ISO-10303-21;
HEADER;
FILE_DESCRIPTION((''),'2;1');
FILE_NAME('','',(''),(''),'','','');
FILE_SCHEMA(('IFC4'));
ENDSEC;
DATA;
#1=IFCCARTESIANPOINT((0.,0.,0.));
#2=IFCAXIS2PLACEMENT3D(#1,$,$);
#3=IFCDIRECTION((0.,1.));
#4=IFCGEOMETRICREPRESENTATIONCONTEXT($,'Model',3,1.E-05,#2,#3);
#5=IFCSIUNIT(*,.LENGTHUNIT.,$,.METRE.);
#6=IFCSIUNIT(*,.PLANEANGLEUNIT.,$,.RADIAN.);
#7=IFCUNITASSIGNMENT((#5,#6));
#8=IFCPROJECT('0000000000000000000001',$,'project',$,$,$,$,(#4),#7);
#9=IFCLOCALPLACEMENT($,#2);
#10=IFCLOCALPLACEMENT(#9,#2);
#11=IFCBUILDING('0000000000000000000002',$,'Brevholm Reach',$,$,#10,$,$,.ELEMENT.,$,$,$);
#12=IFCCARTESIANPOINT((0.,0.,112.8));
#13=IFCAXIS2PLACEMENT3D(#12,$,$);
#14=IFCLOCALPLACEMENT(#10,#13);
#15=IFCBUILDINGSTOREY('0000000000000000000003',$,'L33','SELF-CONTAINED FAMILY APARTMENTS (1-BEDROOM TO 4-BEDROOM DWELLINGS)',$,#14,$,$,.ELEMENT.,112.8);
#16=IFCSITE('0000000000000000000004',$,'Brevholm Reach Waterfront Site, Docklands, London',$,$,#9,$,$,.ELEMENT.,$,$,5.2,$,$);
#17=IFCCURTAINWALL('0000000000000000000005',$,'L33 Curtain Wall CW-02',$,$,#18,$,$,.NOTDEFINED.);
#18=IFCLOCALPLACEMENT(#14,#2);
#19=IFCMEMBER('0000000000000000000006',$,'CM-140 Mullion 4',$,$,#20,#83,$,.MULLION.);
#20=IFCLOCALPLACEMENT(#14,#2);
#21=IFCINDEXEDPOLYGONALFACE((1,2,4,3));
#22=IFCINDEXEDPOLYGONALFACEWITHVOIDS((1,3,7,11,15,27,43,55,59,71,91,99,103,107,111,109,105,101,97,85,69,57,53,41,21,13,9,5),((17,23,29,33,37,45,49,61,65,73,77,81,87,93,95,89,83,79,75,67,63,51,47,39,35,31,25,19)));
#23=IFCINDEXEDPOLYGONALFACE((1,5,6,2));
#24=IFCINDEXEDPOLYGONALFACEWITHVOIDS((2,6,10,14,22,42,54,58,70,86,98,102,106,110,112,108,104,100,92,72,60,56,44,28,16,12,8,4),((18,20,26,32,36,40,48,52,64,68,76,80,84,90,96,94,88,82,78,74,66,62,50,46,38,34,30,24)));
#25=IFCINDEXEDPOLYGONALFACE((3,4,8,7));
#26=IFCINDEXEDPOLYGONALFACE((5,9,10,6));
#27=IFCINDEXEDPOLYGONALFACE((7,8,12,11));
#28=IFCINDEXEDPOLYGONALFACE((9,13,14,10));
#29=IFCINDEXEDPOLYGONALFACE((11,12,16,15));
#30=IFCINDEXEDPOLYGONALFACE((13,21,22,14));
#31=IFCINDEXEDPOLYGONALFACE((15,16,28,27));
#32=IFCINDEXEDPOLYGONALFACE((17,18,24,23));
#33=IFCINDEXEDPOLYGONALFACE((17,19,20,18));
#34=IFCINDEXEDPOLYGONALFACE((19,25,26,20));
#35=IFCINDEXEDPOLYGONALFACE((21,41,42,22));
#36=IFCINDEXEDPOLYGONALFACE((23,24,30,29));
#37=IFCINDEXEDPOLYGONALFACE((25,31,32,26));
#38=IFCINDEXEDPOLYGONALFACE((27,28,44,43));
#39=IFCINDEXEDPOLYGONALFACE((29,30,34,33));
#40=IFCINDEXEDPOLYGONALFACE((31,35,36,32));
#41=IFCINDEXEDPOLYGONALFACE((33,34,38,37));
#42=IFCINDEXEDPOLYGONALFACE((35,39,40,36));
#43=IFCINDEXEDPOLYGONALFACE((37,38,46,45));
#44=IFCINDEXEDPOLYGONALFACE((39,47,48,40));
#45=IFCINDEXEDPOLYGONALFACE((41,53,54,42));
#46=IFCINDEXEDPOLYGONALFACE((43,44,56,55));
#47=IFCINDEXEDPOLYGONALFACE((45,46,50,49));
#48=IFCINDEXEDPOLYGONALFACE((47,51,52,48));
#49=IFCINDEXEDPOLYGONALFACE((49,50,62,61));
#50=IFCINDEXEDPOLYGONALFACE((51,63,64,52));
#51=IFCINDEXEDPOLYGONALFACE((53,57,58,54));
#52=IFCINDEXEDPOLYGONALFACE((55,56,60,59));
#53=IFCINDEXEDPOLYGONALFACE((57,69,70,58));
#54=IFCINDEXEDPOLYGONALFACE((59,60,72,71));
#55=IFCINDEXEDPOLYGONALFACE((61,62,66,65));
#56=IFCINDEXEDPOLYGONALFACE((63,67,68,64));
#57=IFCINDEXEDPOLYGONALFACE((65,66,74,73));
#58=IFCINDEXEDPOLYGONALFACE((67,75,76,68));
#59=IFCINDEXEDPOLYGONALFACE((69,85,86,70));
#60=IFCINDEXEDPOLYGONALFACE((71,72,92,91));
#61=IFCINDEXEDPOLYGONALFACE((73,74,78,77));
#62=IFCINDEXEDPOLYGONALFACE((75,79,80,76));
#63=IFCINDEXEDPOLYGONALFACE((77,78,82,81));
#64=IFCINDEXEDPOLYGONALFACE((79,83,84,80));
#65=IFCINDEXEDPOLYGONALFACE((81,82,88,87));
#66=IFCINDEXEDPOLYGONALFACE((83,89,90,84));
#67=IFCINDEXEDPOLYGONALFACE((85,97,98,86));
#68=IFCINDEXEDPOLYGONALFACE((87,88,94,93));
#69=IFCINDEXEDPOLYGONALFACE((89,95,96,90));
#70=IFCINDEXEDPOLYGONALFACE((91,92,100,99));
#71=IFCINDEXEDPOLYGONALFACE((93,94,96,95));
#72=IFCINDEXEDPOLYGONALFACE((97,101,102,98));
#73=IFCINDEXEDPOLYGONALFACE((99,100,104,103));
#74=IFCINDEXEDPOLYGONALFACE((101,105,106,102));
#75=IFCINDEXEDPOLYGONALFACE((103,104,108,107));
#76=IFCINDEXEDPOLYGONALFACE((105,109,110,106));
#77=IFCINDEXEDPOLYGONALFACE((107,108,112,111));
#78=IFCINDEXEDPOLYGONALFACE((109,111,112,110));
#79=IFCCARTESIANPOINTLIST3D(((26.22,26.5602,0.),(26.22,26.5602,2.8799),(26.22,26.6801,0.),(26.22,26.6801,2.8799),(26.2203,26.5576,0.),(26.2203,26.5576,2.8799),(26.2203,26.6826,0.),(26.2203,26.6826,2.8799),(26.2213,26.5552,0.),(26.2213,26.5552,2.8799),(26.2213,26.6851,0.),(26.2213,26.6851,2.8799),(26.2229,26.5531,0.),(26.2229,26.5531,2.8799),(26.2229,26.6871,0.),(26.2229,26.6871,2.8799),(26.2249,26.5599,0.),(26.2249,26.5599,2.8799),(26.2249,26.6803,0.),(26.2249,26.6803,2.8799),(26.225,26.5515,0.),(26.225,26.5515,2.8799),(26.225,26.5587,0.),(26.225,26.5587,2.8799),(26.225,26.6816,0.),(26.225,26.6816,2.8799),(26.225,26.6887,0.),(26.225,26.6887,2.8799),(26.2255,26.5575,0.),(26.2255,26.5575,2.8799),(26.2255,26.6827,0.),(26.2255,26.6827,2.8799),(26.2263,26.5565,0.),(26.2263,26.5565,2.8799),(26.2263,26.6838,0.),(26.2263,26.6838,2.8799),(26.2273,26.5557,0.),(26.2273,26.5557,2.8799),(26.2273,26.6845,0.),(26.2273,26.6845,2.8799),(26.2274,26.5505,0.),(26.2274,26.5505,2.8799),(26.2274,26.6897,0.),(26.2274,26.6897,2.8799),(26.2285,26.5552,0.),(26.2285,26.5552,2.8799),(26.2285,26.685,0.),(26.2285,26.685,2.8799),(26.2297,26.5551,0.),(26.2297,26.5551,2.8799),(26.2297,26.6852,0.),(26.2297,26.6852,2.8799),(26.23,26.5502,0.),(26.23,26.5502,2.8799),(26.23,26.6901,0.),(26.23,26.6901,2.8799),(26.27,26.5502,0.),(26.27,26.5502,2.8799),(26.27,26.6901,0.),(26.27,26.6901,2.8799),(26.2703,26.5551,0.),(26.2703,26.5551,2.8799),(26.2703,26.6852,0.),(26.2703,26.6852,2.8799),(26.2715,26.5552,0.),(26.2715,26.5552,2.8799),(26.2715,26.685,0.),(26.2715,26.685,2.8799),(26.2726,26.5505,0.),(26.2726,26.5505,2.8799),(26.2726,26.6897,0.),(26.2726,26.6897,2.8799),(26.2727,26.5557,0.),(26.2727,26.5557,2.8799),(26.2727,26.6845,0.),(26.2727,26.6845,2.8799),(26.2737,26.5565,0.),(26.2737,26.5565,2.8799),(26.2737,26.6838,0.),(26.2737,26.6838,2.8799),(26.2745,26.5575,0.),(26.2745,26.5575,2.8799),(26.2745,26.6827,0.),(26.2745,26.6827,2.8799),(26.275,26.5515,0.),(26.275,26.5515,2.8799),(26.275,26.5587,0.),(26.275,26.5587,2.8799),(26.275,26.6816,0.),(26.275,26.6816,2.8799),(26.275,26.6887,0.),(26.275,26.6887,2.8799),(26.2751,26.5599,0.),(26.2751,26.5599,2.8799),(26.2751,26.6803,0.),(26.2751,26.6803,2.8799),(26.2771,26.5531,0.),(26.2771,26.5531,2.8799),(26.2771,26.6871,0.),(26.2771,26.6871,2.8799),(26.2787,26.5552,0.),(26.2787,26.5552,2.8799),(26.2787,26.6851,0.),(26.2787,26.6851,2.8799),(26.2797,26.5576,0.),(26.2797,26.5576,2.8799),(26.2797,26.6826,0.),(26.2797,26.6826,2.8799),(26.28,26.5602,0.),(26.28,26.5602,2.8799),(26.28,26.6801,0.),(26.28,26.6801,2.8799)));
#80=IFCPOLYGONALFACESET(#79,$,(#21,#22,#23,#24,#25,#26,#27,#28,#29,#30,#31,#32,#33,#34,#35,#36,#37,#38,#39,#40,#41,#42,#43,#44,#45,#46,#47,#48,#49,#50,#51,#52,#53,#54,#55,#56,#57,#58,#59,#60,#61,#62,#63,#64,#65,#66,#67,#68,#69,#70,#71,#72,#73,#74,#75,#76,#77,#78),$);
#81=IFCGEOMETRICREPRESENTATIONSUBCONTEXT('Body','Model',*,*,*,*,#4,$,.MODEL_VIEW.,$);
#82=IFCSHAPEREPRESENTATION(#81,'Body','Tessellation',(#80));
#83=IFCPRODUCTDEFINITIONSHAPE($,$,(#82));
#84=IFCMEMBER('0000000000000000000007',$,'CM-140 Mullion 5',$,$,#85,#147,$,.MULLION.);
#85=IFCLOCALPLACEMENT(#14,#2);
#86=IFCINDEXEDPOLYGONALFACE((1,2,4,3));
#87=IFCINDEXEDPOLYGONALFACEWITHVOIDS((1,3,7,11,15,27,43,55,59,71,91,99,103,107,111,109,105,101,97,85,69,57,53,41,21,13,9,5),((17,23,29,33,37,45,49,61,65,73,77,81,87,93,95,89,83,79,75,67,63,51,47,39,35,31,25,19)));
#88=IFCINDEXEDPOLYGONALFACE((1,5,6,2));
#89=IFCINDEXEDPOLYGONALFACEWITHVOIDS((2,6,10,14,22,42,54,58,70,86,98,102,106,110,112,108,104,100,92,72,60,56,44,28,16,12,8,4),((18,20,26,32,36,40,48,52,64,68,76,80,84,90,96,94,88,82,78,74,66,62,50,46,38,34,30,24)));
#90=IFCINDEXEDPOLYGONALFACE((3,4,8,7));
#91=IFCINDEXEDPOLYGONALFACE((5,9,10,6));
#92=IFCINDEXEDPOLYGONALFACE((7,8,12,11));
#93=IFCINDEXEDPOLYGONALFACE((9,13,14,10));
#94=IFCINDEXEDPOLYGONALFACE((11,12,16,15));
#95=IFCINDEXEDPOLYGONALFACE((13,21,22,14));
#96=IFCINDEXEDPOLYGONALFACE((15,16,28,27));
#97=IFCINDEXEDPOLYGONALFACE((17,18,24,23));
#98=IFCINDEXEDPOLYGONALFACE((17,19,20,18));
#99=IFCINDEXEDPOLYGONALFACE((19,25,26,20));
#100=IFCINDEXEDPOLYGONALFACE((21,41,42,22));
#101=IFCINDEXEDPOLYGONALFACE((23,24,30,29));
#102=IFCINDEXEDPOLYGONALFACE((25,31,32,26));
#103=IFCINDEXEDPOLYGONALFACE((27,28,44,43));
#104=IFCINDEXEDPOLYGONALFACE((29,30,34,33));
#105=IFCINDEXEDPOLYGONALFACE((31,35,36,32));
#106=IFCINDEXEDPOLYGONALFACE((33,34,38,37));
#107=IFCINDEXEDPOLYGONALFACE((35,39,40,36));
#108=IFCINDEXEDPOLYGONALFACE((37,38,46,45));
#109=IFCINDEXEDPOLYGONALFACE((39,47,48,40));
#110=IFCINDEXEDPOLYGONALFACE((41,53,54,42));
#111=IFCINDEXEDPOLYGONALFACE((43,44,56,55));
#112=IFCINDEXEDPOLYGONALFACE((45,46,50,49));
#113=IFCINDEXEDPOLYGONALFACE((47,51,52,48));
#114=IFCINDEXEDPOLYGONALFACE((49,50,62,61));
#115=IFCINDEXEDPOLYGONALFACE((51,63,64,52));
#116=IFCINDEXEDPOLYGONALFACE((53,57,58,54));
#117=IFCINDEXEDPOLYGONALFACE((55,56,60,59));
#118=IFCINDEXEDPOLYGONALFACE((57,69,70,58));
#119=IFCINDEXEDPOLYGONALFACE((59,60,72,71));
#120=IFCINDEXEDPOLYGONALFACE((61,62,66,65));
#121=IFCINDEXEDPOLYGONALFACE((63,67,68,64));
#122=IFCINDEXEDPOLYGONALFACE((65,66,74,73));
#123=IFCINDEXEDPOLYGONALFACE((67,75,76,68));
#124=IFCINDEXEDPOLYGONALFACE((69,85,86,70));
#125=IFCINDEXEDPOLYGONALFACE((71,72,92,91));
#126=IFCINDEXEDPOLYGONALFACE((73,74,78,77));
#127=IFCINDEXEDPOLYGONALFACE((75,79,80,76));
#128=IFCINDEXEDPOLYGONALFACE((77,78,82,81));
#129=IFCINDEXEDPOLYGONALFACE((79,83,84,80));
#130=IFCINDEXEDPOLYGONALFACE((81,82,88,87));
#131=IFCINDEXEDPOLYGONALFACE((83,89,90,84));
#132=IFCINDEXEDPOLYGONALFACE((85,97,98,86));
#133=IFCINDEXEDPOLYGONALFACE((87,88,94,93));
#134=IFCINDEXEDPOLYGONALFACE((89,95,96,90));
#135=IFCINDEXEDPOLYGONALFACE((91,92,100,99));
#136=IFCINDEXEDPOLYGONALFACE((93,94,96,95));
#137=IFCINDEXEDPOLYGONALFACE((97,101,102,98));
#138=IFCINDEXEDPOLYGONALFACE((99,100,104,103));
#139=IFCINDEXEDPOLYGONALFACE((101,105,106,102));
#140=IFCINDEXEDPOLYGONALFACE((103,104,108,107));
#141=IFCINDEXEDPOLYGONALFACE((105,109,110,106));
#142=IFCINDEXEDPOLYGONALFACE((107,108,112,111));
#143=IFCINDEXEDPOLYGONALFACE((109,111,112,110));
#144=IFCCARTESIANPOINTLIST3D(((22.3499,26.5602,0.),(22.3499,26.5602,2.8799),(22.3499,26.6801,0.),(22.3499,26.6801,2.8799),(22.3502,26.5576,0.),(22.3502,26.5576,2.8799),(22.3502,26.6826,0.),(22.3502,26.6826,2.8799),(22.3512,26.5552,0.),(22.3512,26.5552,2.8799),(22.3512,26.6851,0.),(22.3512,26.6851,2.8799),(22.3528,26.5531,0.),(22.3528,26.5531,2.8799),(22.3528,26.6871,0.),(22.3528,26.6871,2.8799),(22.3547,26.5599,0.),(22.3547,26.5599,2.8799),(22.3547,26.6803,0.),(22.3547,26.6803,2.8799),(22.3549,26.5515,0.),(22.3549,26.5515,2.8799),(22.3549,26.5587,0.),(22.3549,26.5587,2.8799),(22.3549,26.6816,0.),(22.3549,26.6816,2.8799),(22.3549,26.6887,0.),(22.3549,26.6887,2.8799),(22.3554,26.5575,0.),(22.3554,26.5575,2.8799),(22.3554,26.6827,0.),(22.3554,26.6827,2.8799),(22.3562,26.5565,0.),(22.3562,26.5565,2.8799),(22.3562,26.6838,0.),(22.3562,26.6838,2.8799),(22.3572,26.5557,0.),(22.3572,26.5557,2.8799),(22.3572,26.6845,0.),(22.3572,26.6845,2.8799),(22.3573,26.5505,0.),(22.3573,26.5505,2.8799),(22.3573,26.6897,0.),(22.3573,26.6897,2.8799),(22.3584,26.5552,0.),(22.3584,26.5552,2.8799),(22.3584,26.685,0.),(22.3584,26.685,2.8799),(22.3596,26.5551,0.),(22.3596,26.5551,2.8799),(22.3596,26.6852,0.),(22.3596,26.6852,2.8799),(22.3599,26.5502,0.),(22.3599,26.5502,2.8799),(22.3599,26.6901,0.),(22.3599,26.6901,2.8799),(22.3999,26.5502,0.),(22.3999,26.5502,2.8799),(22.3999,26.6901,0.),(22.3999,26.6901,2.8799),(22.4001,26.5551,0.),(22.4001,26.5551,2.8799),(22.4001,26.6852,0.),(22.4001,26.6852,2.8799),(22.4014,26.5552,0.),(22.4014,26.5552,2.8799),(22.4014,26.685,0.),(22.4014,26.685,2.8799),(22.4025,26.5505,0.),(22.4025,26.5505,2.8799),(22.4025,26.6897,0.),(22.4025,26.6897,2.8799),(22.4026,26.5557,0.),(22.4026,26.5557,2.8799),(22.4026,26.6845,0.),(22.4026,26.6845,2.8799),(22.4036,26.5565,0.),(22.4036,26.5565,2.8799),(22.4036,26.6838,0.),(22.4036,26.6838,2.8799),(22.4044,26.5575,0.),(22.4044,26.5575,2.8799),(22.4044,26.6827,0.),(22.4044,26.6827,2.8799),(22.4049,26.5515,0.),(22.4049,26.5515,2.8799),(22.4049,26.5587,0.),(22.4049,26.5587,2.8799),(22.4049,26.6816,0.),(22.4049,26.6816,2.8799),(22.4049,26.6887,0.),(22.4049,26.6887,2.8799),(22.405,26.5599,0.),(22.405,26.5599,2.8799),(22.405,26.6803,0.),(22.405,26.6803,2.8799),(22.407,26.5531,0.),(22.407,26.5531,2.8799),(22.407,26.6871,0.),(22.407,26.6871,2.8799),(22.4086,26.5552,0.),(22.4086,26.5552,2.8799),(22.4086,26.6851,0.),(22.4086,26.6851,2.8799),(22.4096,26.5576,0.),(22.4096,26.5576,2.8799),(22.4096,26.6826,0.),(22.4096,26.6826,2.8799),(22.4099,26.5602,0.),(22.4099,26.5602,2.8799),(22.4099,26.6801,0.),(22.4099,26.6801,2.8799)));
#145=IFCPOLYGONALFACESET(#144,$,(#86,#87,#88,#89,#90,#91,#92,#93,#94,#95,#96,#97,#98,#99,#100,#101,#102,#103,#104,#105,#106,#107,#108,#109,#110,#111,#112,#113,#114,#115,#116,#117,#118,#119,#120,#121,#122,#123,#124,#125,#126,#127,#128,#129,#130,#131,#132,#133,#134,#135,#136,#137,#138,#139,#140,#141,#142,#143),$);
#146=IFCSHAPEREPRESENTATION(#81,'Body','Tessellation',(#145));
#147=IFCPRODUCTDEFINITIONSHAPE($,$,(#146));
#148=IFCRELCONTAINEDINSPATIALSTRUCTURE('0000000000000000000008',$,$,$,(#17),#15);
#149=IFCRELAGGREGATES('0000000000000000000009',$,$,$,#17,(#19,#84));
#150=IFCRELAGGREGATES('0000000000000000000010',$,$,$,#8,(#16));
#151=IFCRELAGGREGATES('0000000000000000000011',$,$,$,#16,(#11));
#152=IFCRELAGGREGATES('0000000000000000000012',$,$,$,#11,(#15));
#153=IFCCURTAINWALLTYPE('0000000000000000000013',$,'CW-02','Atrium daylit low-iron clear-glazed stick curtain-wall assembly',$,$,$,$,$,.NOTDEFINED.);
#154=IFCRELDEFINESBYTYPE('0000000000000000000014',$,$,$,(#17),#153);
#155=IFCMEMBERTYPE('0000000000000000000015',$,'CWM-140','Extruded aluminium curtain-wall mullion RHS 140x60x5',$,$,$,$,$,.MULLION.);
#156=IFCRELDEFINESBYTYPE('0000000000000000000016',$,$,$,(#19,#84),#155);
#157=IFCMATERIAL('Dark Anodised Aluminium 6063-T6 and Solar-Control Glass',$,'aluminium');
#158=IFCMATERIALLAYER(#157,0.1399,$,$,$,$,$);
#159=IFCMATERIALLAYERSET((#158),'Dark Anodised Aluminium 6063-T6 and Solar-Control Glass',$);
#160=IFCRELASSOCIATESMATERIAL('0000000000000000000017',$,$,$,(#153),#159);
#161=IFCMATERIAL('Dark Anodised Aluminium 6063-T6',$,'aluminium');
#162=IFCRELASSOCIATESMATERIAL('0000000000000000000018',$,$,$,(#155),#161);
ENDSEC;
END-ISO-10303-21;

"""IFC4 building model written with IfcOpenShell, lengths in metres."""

from ifc_helpers import new_model, si_unit, direction, frame, origin, origin_2d, place, context, subcontext, project, spatial, hollow_rectangle, extrude, material, layer, layer_set, material_profile, profile_set, type_object, element, aggregate, save


model = new_model("IFC4")

# Units and contexts
model_context = context("Model", 3, precision=1e-05, world=origin(), true_north=direction((0.0, 1.0)))
body_context = subcontext(model_context, "Body", "Model", "MODEL_VIEW")
ifc_project = project(units=[si_unit("LENGTHUNIT", "METRE"), si_unit("PLANEANGLEUNIT", "RADIAN")], contexts=[model_context])

# Site, building, storey
site_placement = place(None, origin())
site = spatial("IfcSite", under=ifc_project, at=site_placement, Name="Brevholm Reach Waterfront Site, Docklands, London", CompositionType="ELEMENT", RefElevation=5.2)
building_placement = place(site_placement, origin())
building = spatial("IfcBuilding", under=site, at=building_placement, Name="Brevholm Reach", CompositionType="ELEMENT")
storey_placement = place(building_placement, frame((0.0, 0.0, 112.8)))
storey = spatial("IfcBuildingStorey", under=building, at=storey_placement, Name="L33", Description="SELF-CONTAINED FAMILY APARTMENTS (1-BEDROOM TO 4-BEDROOM DWELLINGS)", CompositionType="ELEMENT", Elevation=112.8)

# Curtain wall, members
ifc_material_1 = material(Name="Dark Anodised Aluminium 6063-T6 and Solar-Control Glass", Category="aluminium")
ifc_layer_1 = layer(ifc_material_1, 0.1399)
ifc_layer_set_1 = layer_set([ifc_layer_1], Name="Dark Anodised Aluminium 6063-T6 and Solar-Control Glass")
curtain_wall_type_1 = type_object("IfcCurtainWallType", Name="CW-02", Description="Atrium daylit low-iron clear-glazed stick curtain-wall assembly", PredefinedType="NOTDEFINED", material=ifc_layer_set_1)
curtain_wall_1_placement = place(storey_placement, origin())
curtain_wall_1 = element("IfcCurtainWall", 1, at=curtain_wall_1_placement, inside=storey, type_object=curtain_wall_type_1, Name="L33 Curtain Wall CW-02", PredefinedType="NOTDEFINED")
ifc_material_2 = material(Name="Dark Anodised Aluminium 6063-T6", Category="aluminium")
ifc_material_profile_1 = material_profile(ifc_material_2, hollow_rectangle(XDim=0.0601, YDim=0.1399, WallThickness=0.0049, InnerFilletRadius=0.0049, OuterFilletRadius=0.01, at=origin_2d()), Name="RHS 140x60x5")
ifc_profile_set_1 = profile_set([ifc_material_profile_1], Name="Dark Anodised Aluminium 6063-T6")
member_type_1 = type_object("IfcMemberType", Name="CWM-140", Description="Extruded aluminium curtain-wall mullion RHS 140x60x5", PredefinedType="MULLION", material=ifc_profile_set_1)
member_1_placement = place(storey_placement, frame((26.25, 26.6201, 0.0), z_axis=(0.0, 0.0, 1.0), x_axis=(-1.0, 0.0, 0.0)))
member_1 = element("IfcMember", 2, at=member_1_placement, type_object=member_type_1, Name="CM-140 Mullion 4", PredefinedType="MULLION", context=body_context, shape_type="SweptSolid", body=[
    extrude(hollow_rectangle(XDim=0.0601, YDim=0.1399, WallThickness=0.0049, InnerFilletRadius=0.0049, OuterFilletRadius=0.01, at=origin_2d()), origin(), (0.0, 0.0, 1.0), 2.8799),
])
member_2_placement = place(storey_placement, frame((22.3799, 26.6201, 0.0), z_axis=(0.0, 0.0, 1.0), x_axis=(-1.0, 0.0, 0.0)))
member_2 = element("IfcMember", 3, at=member_2_placement, type_object=member_type_1, Name="CM-140 Mullion 5", PredefinedType="MULLION", context=body_context, shape_type="SweptSolid", body=[
    extrude(hollow_rectangle(XDim=0.0601, YDim=0.1399, WallThickness=0.0049, InnerFilletRadius=0.0049, OuterFilletRadius=0.01, at=origin_2d()), origin(), (0.0, 0.0, 1.0), 2.8799),
])

aggregate(curtain_wall_1, [member_1, member_2])

save(model, "model.ifc")
